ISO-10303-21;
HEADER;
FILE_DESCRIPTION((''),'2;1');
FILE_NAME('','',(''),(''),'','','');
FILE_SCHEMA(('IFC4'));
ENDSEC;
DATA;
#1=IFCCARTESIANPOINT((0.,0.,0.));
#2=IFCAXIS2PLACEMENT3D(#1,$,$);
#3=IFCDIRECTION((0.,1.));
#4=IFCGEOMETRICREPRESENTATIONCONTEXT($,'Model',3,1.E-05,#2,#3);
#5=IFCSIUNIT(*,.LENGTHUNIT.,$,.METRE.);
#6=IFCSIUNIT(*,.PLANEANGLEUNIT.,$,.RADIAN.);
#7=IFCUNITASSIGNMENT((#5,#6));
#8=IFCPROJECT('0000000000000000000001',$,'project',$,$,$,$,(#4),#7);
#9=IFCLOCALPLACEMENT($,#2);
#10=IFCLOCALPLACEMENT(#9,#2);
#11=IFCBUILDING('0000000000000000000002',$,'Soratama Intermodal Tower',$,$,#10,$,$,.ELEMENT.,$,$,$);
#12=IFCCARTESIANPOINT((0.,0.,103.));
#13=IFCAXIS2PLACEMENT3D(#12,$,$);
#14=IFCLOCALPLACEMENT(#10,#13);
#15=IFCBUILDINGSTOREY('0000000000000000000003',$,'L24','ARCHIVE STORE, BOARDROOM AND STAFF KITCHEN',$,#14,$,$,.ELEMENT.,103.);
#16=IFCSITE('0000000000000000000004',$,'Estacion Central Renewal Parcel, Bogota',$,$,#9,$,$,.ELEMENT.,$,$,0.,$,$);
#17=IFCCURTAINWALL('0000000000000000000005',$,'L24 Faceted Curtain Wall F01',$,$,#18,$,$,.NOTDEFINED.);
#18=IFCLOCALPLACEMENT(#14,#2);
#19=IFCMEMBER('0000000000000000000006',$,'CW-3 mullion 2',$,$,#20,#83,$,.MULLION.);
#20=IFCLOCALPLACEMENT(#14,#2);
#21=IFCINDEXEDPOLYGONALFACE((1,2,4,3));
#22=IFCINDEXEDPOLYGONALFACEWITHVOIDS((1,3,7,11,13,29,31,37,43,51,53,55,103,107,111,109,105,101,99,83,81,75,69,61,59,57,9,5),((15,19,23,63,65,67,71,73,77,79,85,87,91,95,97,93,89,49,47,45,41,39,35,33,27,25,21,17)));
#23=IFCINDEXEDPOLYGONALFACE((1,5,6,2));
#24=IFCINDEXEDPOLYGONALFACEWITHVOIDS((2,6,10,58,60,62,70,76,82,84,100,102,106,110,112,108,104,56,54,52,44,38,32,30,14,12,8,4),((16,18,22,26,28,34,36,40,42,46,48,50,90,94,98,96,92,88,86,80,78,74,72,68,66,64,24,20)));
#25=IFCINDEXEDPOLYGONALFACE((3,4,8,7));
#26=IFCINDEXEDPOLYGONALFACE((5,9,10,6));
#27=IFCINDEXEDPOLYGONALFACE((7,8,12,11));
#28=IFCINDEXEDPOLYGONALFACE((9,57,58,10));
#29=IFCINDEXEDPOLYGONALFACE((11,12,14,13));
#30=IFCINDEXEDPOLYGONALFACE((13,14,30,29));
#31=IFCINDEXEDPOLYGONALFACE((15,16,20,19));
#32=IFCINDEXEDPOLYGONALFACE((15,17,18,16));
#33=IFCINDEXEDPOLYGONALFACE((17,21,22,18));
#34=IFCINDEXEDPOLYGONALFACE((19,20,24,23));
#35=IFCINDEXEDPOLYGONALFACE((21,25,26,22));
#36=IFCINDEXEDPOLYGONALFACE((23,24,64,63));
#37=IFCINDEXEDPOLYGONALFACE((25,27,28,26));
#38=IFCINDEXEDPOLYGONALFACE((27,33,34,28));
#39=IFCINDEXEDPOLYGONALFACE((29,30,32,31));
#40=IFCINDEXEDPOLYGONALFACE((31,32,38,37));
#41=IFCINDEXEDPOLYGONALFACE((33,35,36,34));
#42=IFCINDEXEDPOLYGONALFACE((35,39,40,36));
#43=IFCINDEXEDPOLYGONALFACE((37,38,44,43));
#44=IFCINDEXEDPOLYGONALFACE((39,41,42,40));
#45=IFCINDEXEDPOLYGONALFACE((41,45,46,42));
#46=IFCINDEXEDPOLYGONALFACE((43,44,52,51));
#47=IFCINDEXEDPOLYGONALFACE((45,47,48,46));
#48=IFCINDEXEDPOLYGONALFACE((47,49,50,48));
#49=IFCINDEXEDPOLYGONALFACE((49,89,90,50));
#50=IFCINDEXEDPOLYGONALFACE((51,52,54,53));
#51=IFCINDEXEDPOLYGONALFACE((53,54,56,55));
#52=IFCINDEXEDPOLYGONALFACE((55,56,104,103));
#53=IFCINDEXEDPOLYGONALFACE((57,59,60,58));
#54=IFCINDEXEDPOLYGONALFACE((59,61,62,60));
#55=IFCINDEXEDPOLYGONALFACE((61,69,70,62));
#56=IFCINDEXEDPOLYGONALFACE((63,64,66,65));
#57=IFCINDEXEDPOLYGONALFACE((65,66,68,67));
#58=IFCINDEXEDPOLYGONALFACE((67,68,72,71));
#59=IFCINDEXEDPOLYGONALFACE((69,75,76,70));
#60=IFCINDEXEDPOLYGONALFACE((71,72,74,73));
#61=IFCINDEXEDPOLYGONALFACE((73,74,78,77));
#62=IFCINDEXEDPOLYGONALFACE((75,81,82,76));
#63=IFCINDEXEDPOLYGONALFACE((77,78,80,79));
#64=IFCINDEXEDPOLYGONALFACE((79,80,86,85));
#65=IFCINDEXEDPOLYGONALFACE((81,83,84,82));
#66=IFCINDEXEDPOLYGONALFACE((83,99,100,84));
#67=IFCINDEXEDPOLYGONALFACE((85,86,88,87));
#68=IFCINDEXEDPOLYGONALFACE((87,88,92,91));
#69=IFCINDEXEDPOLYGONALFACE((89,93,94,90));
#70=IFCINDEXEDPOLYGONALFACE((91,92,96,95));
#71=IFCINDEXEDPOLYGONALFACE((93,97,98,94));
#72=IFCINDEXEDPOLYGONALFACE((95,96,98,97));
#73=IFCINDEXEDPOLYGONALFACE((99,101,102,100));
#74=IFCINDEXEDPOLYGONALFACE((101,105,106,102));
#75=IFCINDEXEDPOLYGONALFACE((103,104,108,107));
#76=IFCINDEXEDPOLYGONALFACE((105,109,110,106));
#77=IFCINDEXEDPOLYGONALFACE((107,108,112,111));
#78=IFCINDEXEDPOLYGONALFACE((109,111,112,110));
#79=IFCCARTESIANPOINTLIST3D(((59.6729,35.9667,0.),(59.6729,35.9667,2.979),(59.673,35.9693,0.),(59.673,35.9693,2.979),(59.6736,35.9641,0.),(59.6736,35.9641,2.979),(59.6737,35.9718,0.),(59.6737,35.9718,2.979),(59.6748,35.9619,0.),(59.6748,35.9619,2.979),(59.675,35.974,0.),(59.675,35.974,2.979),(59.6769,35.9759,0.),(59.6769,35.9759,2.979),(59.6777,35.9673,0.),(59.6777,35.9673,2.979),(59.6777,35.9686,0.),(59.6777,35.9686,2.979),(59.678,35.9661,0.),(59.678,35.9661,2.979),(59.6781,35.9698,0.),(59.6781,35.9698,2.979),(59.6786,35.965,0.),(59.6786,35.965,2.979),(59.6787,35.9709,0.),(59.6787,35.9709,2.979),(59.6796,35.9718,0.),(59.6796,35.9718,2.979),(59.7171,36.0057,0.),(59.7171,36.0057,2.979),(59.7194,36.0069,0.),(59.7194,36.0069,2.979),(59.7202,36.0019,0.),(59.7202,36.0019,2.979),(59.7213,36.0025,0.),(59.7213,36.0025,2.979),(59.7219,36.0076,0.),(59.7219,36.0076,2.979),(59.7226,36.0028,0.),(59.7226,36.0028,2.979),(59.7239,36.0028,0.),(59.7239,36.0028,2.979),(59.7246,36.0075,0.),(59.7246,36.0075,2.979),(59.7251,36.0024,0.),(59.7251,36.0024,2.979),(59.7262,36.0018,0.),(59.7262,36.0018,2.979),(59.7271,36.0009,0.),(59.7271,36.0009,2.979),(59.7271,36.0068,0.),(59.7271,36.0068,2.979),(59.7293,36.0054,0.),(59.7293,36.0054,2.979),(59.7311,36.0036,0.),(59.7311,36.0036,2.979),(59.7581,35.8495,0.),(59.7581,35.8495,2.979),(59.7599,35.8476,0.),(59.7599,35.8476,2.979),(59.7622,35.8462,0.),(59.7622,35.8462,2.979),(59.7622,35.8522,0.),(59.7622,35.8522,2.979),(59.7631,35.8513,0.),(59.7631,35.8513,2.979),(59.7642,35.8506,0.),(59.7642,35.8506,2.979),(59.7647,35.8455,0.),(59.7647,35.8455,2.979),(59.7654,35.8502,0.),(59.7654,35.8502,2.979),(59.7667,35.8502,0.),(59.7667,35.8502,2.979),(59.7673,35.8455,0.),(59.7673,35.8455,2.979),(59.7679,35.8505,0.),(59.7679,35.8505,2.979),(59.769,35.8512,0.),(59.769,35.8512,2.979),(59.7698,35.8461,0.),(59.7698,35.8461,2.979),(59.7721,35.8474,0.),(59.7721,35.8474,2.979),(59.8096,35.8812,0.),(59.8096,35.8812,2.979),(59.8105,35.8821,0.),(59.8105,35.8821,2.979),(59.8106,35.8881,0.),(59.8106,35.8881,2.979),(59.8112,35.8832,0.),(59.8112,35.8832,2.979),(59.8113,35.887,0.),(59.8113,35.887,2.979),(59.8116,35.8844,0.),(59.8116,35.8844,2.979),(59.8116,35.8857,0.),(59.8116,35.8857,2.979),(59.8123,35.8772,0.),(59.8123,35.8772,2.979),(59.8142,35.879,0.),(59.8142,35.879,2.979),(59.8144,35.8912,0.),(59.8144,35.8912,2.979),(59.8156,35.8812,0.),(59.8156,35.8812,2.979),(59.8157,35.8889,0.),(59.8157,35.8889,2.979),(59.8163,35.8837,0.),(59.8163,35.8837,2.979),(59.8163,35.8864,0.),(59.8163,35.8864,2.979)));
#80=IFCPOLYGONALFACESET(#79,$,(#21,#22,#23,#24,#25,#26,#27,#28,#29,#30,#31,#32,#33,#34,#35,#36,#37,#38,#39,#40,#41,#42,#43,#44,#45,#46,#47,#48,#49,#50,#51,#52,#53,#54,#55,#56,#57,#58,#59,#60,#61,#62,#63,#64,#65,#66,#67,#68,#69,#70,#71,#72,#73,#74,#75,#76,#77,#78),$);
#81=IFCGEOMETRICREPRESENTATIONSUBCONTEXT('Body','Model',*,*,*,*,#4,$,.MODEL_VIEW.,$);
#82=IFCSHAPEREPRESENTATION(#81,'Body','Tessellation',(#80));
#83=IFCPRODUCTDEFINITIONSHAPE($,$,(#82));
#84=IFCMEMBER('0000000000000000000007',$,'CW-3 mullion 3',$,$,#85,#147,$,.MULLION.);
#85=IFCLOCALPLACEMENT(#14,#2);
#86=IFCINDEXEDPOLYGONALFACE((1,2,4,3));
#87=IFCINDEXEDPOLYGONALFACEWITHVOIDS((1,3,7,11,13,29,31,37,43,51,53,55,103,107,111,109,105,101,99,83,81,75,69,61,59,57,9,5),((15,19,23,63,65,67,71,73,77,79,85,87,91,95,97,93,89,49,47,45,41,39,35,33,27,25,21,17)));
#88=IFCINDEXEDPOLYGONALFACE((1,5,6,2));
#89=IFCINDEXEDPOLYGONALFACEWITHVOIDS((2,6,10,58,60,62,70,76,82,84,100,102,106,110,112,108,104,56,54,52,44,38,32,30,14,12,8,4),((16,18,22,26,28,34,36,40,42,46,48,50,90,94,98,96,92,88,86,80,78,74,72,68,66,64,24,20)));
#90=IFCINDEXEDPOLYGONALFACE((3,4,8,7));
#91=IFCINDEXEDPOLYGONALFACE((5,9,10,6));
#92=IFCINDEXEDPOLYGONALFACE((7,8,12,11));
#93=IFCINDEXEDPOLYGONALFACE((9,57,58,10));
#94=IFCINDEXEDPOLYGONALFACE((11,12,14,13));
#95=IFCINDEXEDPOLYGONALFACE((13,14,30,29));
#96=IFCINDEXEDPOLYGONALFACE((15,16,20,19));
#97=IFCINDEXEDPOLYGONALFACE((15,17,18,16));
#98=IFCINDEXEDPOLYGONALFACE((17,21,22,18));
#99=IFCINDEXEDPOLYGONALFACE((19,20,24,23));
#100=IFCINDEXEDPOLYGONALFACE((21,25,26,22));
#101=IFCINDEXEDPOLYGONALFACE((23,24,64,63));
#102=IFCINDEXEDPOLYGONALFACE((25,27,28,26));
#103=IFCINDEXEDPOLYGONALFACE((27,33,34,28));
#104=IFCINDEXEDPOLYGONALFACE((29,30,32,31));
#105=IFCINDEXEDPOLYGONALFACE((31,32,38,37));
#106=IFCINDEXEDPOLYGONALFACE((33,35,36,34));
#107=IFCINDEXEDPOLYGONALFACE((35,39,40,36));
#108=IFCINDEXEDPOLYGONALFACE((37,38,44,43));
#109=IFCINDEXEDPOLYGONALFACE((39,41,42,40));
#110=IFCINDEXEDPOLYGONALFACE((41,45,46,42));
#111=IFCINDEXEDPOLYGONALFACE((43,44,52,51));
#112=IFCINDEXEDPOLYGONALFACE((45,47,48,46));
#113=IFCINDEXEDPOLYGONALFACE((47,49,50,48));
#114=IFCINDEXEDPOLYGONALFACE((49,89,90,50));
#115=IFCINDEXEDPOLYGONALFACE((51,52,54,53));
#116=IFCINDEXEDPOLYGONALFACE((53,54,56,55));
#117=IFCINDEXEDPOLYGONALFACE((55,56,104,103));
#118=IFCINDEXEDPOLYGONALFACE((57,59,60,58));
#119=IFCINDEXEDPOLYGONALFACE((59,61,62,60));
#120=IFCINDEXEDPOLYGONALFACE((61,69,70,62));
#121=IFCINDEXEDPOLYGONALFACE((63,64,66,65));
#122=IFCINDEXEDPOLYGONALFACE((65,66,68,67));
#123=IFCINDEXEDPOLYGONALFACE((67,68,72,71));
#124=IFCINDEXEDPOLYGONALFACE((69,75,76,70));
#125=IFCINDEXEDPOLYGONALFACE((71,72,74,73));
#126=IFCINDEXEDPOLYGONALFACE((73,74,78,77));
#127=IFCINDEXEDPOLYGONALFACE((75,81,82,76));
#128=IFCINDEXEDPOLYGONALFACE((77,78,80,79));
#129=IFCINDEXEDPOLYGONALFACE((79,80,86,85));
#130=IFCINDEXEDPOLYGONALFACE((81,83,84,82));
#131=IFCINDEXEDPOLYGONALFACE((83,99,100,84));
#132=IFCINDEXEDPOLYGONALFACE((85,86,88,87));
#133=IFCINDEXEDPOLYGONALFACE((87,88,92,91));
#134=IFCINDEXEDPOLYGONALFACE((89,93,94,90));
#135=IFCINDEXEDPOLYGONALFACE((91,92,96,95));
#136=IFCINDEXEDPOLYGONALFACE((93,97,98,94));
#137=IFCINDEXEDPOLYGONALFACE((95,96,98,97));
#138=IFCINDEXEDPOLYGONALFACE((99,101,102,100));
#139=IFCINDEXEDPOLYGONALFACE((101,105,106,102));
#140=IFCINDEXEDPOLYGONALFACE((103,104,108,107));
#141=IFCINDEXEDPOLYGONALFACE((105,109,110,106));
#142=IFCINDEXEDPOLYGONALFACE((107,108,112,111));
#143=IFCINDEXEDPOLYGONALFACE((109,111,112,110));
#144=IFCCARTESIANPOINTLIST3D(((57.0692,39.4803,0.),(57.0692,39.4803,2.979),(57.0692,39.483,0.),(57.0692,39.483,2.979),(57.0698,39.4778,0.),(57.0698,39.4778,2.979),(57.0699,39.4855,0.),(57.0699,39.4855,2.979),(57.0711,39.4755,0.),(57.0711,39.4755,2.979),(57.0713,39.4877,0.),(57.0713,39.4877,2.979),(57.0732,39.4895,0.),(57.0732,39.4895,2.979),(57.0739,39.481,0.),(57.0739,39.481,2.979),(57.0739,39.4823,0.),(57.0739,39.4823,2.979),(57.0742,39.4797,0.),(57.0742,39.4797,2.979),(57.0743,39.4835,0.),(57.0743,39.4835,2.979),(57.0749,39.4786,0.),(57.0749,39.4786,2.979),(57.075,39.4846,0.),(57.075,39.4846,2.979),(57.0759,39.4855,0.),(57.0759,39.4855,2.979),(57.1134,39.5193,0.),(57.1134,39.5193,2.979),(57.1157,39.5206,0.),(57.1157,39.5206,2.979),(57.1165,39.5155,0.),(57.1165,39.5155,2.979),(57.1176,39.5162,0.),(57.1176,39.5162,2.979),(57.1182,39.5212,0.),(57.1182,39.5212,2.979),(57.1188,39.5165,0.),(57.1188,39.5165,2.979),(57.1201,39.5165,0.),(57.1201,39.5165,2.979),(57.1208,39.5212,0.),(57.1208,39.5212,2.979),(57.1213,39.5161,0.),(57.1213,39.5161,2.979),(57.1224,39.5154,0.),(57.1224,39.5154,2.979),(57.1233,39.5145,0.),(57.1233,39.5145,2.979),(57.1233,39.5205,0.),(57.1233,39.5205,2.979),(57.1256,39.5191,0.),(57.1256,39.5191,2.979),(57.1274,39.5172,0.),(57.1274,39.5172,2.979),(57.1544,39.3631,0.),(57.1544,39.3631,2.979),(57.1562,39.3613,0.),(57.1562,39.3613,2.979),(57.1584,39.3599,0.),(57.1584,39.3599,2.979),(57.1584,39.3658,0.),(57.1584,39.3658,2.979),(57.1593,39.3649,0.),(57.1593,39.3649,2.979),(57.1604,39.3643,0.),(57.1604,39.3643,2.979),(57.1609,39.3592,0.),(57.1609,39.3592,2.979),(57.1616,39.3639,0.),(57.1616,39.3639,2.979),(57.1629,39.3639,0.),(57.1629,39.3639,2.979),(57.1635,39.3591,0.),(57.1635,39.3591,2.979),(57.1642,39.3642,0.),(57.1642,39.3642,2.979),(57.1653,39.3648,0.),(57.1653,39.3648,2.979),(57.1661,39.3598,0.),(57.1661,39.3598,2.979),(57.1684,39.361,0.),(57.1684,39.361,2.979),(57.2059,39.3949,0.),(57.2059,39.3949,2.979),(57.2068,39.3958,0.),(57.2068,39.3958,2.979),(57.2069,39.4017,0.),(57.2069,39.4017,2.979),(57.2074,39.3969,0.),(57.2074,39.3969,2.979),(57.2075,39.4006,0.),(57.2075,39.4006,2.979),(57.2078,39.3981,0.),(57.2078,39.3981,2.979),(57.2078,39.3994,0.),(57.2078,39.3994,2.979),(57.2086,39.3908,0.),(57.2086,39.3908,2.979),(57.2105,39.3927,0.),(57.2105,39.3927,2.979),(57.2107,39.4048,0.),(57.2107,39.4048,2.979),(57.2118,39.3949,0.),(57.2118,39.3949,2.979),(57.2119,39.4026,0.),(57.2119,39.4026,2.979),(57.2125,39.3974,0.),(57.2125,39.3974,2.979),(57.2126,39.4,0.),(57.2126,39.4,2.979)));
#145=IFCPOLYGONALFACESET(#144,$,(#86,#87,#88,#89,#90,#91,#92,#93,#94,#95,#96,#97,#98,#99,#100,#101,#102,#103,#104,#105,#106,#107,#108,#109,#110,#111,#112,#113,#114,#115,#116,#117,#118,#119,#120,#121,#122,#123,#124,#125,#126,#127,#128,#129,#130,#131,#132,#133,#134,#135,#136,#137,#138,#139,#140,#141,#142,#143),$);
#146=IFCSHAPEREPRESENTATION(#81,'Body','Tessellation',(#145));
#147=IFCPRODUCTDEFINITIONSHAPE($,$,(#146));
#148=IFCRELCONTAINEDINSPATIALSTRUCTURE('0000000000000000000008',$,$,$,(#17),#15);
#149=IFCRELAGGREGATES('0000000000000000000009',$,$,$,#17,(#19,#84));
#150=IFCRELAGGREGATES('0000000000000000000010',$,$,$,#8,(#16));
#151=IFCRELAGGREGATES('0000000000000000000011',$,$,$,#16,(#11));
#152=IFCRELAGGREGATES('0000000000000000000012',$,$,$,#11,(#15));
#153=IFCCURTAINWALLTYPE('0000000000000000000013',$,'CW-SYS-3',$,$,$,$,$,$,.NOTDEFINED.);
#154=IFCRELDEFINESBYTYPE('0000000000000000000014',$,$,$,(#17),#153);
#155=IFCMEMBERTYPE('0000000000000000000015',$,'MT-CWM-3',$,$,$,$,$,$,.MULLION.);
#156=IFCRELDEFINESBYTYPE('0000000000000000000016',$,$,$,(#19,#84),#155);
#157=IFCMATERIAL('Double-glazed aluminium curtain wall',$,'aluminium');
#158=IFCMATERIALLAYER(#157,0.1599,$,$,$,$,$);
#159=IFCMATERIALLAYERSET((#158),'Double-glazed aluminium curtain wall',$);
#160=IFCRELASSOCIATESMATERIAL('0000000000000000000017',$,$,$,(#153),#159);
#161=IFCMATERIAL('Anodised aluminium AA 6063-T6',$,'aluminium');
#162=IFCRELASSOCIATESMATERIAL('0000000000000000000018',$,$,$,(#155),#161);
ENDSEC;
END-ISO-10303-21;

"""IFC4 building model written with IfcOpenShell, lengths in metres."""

from ifc_helpers import new_model, si_unit, direction, frame, origin, origin_2d, place, context, subcontext, project, spatial, hollow_rectangle, extrude, material, layer, layer_set, material_profile, profile_set, type_object, element, aggregate, save


model = new_model("IFC4")

# Units and contexts
model_context = context("Model", 3, precision=1e-05, world=origin(), true_north=direction((0.0, 1.0)))
body_context = subcontext(model_context, "Body", "Model", "MODEL_VIEW")
ifc_project = project(units=[si_unit("LENGTHUNIT", "METRE"), si_unit("PLANEANGLEUNIT", "RADIAN")], contexts=[model_context])

# Site, building, storey
site_placement = place(None, origin())
site = spatial("IfcSite", under=ifc_project, at=site_placement, Name="Estacion Central Renewal Parcel, Bogota", CompositionType="ELEMENT", RefElevation=0.0)
building_placement = place(site_placement, origin())
building = spatial("IfcBuilding", under=site, at=building_placement, Name="Soratama Intermodal Tower", CompositionType="ELEMENT")
storey_placement = place(building_placement, frame((0.0, 0.0, 103.0)))
storey = spatial("IfcBuildingStorey", under=building, at=storey_placement, Name="L24", Description="ARCHIVE STORE, BOARDROOM AND STAFF KITCHEN", CompositionType="ELEMENT", Elevation=103.0)

# Curtain wall, members
ifc_material_1 = material(Name="Double-glazed aluminium curtain wall", Category="aluminium")
ifc_layer_1 = layer(ifc_material_1, 0.1599)
ifc_layer_set_1 = layer_set([ifc_layer_1], Name="Double-glazed aluminium curtain wall")
curtain_wall_type = type_object("IfcCurtainWallType", Name="CW-SYS-3", PredefinedType="NOTDEFINED", material=ifc_layer_set_1)
curtain_wall_placement = place(storey_placement, origin())
curtain_wall = element("IfcCurtainWall", 1, at=curtain_wall_placement, inside=storey, type_object=curtain_wall_type, Name="L24 Faceted Curtain Wall F01", PredefinedType="NOTDEFINED")
ifc_material_2 = material(Name="Anodised aluminium AA 6063-T6", Category="aluminium")
ifc_material_profile_1 = material_profile(ifc_material_2, hollow_rectangle(XDim=0.0701, YDim=0.1599, WallThickness=0.0049, InnerFilletRadius=0.0049, OuterFilletRadius=0.01, at=origin_2d()), Name="CWM160X70X5")
ifc_profile_set_1 = profile_set([ifc_material_profile_1], Name="Anodised aluminium AA 6063-T6")
member_type_1 = type_object("IfcMemberType", Name="MT-CWM-3", PredefinedType="MULLION", material=ifc_profile_set_1)
member_1_placement = place(storey_placement, frame((59.7446, 35.9265, 0.0), z_axis=(0.0, 0.0, 1.0), x_axis=(-0.803442, -0.595383, 0.0)))
member_1 = element("IfcMember", 2, at=member_1_placement, type_object=member_type_1, Name="CW-3 mullion 2", PredefinedType="MULLION", context=body_context, shape_type="SweptSolid", body=[
    extrude(hollow_rectangle(XDim=0.0701, YDim=0.1599, WallThickness=0.0049, InnerFilletRadius=0.0049, OuterFilletRadius=0.01, at=origin_2d()), origin(), (0.0, 0.0, 1.0), 2.979),
])
member_2_placement = place(storey_placement, frame((57.1409, 39.4402, 0.0), z_axis=(0.0, 0.0, 1.0), x_axis=(-0.803442, -0.595383, 0.0)))
member_2 = element("IfcMember", 3, at=member_2_placement, type_object=member_type_1, Name="CW-3 mullion 3", PredefinedType="MULLION", context=body_context, shape_type="SweptSolid", body=[
    extrude(hollow_rectangle(XDim=0.0701, YDim=0.1599, WallThickness=0.0049, InnerFilletRadius=0.0049, OuterFilletRadius=0.01, at=origin_2d()), origin(), (0.0, 0.0, 1.0), 2.979),
])
aggregate(curtain_wall, [member_1, member_2])

save(model, "model.ifc")
